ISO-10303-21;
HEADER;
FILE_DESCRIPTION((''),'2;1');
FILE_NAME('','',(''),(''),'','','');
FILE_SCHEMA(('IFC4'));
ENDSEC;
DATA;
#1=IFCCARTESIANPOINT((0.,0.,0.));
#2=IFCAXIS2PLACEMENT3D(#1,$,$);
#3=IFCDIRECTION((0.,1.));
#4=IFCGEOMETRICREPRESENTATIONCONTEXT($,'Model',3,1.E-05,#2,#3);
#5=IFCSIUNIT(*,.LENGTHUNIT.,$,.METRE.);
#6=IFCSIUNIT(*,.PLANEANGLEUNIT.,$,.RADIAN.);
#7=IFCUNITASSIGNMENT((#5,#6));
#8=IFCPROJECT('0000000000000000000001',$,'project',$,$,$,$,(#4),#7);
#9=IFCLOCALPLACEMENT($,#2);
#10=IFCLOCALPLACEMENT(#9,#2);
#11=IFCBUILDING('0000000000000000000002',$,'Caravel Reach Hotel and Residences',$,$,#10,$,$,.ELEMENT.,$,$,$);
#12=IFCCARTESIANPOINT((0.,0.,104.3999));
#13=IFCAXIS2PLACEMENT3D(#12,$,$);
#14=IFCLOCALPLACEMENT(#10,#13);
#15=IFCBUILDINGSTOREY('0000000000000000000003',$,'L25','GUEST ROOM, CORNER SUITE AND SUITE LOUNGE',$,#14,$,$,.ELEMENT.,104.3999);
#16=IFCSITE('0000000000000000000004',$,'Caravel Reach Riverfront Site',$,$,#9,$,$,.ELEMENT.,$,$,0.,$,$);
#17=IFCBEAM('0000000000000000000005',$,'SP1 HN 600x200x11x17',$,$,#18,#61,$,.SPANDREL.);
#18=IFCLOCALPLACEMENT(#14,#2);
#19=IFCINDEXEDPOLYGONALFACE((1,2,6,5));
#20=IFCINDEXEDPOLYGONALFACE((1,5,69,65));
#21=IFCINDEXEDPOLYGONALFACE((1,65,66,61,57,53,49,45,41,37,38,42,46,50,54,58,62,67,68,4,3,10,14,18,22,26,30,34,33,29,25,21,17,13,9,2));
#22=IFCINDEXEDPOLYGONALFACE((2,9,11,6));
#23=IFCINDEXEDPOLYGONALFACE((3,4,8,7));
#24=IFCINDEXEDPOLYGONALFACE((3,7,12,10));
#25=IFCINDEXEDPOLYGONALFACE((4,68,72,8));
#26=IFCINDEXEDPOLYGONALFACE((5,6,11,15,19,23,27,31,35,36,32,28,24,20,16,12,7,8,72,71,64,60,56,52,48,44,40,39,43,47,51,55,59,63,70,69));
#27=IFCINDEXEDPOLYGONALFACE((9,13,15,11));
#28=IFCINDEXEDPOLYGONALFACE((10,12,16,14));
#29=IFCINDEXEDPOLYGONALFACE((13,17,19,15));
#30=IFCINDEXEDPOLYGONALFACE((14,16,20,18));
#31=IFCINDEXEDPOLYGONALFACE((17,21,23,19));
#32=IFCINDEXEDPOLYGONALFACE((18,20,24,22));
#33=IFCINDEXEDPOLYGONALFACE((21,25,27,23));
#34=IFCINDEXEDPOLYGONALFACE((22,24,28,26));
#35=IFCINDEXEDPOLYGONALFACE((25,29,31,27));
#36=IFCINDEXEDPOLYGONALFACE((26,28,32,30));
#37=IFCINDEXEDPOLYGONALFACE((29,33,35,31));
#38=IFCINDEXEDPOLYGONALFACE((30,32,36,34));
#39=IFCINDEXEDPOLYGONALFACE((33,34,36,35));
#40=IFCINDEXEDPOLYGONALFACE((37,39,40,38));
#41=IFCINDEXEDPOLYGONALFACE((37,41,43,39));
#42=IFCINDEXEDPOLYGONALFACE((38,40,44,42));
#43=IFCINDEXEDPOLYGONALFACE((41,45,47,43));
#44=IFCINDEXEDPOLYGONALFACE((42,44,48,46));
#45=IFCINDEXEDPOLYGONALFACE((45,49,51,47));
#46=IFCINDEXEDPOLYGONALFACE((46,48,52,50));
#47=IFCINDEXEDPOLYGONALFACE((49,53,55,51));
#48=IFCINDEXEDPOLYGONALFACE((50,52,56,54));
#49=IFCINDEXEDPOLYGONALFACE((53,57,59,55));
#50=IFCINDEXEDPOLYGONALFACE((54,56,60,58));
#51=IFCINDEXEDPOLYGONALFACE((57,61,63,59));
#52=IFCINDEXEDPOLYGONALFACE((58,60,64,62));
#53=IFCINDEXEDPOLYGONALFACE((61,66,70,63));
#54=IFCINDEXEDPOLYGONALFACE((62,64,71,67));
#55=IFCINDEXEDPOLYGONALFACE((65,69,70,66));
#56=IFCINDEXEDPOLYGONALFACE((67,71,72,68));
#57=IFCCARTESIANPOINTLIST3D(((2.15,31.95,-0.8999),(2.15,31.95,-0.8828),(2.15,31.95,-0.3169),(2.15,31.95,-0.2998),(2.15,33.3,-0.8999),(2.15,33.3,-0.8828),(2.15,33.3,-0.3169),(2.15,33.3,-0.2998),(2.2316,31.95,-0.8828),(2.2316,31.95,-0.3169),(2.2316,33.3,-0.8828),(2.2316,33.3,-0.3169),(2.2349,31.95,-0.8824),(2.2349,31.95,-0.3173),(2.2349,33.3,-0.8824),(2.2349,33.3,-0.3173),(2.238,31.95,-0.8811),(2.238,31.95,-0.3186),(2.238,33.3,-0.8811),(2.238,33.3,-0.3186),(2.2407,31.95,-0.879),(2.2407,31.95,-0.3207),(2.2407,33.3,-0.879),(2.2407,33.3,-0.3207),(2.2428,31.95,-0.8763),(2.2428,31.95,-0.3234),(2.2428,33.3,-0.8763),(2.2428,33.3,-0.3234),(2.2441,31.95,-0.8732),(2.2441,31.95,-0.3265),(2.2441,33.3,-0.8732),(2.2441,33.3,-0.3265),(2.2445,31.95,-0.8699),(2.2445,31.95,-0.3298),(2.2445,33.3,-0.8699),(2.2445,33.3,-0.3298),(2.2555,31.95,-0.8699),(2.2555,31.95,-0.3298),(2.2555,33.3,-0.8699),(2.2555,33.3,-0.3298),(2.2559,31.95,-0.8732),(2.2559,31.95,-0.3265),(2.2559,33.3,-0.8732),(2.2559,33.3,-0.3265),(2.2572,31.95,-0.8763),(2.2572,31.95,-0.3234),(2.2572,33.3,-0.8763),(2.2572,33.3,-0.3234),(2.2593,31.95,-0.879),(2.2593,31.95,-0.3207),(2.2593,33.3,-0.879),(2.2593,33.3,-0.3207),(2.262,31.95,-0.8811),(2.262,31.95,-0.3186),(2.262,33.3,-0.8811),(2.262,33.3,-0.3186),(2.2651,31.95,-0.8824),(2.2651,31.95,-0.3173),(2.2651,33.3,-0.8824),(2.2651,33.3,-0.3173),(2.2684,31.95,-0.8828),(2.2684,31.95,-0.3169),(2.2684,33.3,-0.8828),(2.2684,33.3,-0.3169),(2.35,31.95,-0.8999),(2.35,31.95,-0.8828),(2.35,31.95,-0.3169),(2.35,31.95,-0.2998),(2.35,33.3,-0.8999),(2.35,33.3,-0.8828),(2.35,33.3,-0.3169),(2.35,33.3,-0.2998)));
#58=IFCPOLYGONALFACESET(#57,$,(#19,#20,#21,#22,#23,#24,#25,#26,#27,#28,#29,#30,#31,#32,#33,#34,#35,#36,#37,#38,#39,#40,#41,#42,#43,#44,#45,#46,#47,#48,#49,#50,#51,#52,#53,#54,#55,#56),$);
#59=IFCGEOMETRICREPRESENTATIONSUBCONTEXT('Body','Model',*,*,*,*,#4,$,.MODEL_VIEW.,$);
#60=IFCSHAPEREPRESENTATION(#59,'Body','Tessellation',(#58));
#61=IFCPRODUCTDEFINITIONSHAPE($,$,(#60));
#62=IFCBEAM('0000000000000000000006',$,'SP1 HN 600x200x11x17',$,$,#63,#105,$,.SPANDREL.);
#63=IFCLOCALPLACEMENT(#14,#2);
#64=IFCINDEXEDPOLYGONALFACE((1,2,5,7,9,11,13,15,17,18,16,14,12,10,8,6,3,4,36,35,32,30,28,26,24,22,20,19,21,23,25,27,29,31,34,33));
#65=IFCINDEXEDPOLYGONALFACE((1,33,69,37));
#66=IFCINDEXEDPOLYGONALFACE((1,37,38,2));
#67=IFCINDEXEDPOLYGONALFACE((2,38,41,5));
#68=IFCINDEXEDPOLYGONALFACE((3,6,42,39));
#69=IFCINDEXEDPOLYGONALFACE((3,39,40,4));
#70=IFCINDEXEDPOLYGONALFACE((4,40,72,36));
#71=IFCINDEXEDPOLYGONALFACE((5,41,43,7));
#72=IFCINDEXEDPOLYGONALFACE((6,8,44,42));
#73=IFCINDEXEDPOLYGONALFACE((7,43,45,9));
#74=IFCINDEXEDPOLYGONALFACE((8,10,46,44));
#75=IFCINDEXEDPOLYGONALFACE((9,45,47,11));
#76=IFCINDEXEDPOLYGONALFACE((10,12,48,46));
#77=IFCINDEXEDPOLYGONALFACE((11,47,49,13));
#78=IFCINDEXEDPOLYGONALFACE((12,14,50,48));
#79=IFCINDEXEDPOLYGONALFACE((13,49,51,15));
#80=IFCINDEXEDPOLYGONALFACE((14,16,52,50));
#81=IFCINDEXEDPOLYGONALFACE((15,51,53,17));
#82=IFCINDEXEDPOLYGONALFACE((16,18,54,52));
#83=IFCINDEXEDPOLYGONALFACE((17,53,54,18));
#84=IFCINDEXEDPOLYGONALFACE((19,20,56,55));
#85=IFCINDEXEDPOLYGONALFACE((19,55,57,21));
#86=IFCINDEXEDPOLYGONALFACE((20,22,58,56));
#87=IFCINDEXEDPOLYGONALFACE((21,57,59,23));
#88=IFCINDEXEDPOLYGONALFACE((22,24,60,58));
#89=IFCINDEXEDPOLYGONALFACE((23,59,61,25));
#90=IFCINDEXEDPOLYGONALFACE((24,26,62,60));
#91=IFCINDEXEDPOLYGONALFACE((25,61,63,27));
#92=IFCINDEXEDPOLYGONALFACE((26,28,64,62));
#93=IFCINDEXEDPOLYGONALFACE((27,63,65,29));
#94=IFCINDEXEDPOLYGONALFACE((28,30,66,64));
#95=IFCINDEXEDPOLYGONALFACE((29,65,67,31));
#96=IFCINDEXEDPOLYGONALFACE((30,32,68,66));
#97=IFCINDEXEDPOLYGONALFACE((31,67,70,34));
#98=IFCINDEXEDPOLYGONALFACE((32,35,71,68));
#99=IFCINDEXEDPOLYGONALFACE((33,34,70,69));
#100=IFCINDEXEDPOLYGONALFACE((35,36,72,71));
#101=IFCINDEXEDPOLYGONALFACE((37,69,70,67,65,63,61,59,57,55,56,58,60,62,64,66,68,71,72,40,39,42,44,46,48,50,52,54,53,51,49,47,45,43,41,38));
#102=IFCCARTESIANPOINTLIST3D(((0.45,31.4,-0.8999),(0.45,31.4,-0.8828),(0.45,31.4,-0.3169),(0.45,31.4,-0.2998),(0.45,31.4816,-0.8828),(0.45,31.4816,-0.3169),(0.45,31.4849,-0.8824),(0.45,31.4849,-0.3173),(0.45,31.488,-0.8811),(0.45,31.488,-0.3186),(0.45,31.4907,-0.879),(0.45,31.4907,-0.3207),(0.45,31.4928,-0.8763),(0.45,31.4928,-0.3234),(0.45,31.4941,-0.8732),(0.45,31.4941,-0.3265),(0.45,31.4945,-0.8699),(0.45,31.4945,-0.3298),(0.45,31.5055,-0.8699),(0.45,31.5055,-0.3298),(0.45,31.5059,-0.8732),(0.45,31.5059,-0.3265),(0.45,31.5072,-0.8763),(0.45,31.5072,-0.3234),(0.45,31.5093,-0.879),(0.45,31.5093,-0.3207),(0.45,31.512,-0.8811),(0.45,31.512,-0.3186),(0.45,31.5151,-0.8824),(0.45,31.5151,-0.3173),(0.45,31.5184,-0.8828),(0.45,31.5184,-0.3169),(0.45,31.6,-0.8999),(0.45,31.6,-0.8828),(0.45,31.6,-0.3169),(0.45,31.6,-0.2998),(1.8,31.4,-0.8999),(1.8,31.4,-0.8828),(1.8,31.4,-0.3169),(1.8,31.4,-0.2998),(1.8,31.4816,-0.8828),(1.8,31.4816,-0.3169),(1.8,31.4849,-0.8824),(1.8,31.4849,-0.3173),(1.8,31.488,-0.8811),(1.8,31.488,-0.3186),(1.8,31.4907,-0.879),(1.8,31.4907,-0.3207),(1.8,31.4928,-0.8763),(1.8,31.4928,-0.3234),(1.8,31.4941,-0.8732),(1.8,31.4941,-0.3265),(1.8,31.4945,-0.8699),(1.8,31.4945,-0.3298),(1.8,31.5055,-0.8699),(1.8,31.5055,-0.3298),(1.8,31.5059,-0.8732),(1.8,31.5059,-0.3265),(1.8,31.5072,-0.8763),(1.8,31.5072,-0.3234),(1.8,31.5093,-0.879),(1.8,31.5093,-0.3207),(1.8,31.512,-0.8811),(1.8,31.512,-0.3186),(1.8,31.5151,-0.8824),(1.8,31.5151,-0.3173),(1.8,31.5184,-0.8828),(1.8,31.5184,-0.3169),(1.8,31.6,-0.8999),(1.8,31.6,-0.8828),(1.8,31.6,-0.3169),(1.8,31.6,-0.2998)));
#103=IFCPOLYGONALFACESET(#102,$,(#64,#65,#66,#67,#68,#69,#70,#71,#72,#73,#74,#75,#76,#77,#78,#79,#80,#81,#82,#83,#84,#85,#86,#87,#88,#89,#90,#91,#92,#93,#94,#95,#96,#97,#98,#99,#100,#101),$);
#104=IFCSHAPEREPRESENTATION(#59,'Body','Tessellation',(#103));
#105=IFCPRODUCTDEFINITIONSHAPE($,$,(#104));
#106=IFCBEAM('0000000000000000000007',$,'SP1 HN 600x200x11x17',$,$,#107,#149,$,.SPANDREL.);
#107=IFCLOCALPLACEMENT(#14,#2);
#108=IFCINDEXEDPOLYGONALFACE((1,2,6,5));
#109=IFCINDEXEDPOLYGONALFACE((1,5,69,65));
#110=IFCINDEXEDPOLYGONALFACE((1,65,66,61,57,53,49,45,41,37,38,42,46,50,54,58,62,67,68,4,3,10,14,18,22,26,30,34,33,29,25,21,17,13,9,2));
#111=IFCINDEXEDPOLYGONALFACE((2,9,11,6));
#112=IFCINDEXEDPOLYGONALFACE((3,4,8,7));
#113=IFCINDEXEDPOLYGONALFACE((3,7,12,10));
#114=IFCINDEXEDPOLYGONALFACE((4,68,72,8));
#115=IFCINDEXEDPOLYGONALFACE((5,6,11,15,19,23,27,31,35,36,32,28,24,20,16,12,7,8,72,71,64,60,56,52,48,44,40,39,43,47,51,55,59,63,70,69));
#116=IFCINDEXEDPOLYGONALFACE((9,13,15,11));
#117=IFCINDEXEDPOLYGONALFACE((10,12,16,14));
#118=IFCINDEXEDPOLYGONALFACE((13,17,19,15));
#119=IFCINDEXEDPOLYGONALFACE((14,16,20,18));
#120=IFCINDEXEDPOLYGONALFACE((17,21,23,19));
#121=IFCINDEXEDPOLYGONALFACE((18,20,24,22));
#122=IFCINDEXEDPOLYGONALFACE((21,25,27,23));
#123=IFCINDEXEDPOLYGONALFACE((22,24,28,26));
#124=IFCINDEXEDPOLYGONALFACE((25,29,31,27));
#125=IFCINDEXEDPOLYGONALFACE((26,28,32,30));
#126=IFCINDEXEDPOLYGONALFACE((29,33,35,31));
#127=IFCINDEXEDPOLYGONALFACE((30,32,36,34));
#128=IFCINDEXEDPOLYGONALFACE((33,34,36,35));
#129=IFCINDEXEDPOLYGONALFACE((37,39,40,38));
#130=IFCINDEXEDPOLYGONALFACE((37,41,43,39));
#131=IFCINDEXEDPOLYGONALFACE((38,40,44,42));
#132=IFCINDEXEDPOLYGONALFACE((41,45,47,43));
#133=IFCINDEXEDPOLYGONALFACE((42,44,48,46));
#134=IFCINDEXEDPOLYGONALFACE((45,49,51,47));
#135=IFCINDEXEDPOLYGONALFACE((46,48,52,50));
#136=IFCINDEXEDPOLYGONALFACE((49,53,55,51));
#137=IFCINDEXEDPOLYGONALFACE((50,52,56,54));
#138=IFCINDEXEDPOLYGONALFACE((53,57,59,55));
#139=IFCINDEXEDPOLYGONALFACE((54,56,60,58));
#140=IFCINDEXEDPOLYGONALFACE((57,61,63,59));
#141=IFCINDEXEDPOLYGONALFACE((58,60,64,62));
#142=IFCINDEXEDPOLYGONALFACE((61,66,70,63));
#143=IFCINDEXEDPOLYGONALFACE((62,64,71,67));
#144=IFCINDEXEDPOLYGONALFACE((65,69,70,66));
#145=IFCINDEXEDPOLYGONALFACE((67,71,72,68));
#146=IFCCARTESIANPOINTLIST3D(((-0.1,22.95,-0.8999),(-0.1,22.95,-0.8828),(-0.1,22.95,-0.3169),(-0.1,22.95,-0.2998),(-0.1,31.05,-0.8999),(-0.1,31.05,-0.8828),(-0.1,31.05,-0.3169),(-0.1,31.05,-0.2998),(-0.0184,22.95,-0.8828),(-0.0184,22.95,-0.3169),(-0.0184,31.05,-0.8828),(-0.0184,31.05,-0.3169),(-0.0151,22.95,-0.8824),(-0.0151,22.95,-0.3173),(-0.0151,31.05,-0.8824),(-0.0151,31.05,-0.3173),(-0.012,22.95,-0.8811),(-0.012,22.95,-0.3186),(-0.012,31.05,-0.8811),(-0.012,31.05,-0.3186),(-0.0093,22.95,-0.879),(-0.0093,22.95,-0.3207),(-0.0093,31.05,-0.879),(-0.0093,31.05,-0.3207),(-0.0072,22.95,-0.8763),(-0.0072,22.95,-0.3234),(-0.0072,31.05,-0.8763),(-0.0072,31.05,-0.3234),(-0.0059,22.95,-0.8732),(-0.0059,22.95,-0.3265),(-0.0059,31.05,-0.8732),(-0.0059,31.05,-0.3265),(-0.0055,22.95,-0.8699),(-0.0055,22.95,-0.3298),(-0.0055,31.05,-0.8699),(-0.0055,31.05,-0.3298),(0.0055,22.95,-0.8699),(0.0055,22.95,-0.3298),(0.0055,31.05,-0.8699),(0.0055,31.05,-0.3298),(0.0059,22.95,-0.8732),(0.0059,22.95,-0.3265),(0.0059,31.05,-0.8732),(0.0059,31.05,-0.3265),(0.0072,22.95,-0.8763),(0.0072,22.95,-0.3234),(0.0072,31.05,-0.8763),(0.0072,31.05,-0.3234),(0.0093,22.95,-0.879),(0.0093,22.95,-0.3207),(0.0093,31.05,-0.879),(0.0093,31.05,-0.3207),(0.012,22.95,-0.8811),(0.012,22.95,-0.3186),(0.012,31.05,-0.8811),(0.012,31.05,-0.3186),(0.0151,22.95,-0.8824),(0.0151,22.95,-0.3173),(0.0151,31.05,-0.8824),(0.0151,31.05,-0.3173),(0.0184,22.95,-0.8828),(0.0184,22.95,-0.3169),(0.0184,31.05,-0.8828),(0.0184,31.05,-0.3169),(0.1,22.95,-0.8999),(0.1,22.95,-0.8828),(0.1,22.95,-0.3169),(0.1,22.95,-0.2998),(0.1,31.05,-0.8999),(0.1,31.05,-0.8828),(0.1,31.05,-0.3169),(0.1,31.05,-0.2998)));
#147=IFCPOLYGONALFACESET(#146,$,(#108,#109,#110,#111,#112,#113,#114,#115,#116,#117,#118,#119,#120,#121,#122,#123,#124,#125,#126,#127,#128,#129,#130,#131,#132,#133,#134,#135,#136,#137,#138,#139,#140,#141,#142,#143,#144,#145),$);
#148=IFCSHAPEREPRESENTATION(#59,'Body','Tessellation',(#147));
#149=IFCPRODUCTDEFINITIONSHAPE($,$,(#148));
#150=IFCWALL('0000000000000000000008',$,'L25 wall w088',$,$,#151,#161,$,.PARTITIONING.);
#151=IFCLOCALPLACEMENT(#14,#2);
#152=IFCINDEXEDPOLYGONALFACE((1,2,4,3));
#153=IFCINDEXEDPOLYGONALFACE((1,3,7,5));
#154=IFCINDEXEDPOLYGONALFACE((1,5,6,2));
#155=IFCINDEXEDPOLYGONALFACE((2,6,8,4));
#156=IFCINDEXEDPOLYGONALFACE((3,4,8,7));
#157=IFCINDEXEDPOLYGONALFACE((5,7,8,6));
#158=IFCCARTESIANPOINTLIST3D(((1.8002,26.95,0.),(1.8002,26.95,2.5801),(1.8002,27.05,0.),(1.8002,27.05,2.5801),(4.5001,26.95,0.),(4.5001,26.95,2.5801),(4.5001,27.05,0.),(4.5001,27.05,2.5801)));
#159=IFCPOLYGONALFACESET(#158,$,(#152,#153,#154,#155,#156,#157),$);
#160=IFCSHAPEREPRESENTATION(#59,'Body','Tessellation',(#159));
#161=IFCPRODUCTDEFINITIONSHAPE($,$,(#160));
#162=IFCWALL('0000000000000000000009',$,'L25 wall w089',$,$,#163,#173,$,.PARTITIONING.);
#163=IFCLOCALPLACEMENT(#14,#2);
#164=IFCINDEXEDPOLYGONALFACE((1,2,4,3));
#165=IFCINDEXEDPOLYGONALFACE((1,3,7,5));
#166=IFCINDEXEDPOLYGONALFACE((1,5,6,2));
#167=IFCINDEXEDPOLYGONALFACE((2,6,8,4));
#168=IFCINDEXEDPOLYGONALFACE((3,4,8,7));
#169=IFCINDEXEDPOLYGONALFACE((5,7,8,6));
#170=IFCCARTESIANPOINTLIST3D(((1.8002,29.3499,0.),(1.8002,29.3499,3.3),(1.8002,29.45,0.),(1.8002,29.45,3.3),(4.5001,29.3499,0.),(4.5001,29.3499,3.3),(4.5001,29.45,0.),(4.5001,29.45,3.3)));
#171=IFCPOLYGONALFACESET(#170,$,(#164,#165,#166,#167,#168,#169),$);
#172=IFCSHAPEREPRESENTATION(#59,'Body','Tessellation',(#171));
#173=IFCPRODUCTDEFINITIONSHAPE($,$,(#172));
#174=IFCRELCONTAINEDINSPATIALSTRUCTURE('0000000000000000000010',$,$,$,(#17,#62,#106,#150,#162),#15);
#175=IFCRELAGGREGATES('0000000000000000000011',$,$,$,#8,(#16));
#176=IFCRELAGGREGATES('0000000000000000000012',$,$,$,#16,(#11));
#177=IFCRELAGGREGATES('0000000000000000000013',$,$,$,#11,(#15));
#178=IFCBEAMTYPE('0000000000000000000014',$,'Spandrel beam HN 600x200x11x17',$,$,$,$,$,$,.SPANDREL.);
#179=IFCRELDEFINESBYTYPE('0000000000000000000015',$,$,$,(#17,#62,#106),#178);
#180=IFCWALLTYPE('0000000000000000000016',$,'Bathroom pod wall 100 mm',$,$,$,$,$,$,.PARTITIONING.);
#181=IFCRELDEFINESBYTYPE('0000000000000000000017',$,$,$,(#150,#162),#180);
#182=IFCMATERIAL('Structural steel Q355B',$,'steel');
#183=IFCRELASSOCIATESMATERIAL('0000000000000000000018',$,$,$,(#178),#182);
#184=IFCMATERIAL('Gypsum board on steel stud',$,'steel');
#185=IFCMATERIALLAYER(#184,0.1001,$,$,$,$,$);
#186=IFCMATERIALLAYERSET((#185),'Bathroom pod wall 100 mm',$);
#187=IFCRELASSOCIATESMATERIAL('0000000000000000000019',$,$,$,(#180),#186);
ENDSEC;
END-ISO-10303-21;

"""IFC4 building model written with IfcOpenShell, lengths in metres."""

from ifc_helpers import new_model, si_unit, direction, frame, frame_2d, origin, origin_2d, place, context, subcontext, project, spatial, rectangle, i_section, extrude, material, layer, layer_set, material_profile, profile_set, type_object, element, save


model = new_model("IFC4")

# Units and contexts
model_context = context("Model", 3, precision=1e-05, world=origin(), true_north=direction((0.0, 1.0)))
body_context = subcontext(model_context, "Body", "Model", "MODEL_VIEW")
ifc_project = project(units=[si_unit("LENGTHUNIT", "METRE"), si_unit("PLANEANGLEUNIT", "RADIAN")], contexts=[model_context])

# Site, building, storey
site_placement = place(None, origin())
site = spatial("IfcSite", under=ifc_project, at=site_placement, Name="Caravel Reach Riverfront Site", CompositionType="ELEMENT", RefElevation=0.0)
building_placement = place(site_placement, origin())
building = spatial("IfcBuilding", under=site, at=building_placement, Name="Caravel Reach Hotel and Residences", CompositionType="ELEMENT")
storey_placement = place(building_placement, frame((0.0, 0.0, 104.3999)))
storey = spatial("IfcBuildingStorey", under=building, at=storey_placement, Name="L25", Description="GUEST ROOM, CORNER SUITE AND SUITE LOUNGE", CompositionType="ELEMENT", Elevation=104.3999)

# Beams
ifc_material_1 = material(Name="Structural steel Q355B", Category="steel")
ifc_material_profile_1 = material_profile(ifc_material_1, i_section(OverallWidth=0.2, OverallDepth=0.6001, WebThickness=0.011, FlangeThickness=0.0171, FilletRadius=0.0129, at=origin_2d()), Name="HN 600x200x11x17")
ifc_profile_set_1 = profile_set([ifc_material_profile_1], Name="Structural steel Q355B")
beam_type_1 = type_object("IfcBeamType", Name="Spandrel beam HN 600x200x11x17", PredefinedType="SPANDREL", material=ifc_profile_set_1)
for number, where, z_axis, x_axis, name in (
    (1, (2.25, 33.3, -0.5999), (0.0, -1.0, 0.0), (1.0, 0.0, 0.0), "SP1 HN 600x200x11x17"),
    (2, (1.8, 31.5, -0.5999), (-1.0, 0.0, 0.0), (0.0, -1.0, 0.0), "SP1 HN 600x200x11x17"),
):
    element("IfcBeam", number, at=place(storey_placement, frame(where, z_axis=z_axis, x_axis=x_axis)), inside=storey, type_object=beam_type_1, Name=name, PredefinedType="SPANDREL", context=body_context, shape_type="SweptSolid", body=[
        extrude(i_section(OverallWidth=0.2, OverallDepth=0.6001, WebThickness=0.011, FlangeThickness=0.0171, FilletRadius=0.0129, at=origin_2d()), origin(), (0.0, 0.0, 1.0), 1.3501),
    ])
beam_1_placement = place(storey_placement, frame((0.0, 31.05, -0.5999), z_axis=(0.0, -1.0, 0.0), x_axis=(1.0, 0.0, 0.0)))
element("IfcBeam", 3, at=beam_1_placement, inside=storey, type_object=beam_type_1, Name="SP1 HN 600x200x11x17", PredefinedType="SPANDREL", context=body_context, shape_type="SweptSolid", body=[
    extrude(i_section(OverallWidth=0.2, OverallDepth=0.6001, WebThickness=0.011, FlangeThickness=0.0171, FilletRadius=0.0129, at=origin_2d()), origin(), (0.0, 0.0, 1.0), 8.1001),
])

# Walls
ifc_material_2 = material(Name="Gypsum board on steel stud", Category="steel")
ifc_layer_1 = layer(ifc_material_2, 0.1001)
ifc_layer_set_1 = layer_set([ifc_layer_1], Name="Bathroom pod wall 100 mm")
wall_type_1 = type_object("IfcWallType", Name="Bathroom pod wall 100 mm", PredefinedType="PARTITIONING", material=ifc_layer_set_1)
wall_1_placement = place(storey_placement, frame((1.8, 27.0, 0.0), z_axis=(0.0, 0.0, 1.0), x_axis=(1.0, 0.0, 0.0)))
element("IfcWall", 4, at=wall_1_placement, inside=storey, type_object=wall_type_1, Name="L25 wall w088", PredefinedType="PARTITIONING", context=body_context, shape_type="SweptSolid", body=[
    extrude(rectangle(XDim=2.7, YDim=0.1001, at=frame_2d((1.3501, 0.0))), origin(), (0.0, 0.0, 1.0), 2.5801),
])
wall_2_placement = place(storey_placement, frame((1.8, 29.3999, 0.0), z_axis=(0.0, 0.0, 1.0), x_axis=(1.0, 0.0, 0.0)))
element("IfcWall", 5, at=wall_2_placement, inside=storey, type_object=wall_type_1, Name="L25 wall w089", PredefinedType="PARTITIONING", context=body_context, shape_type="SweptSolid", body=[
    extrude(rectangle(XDim=2.7, YDim=0.1001, at=frame_2d((1.3501, 0.0))), origin(), (0.0, 0.0, 1.0), 3.3),
])

save(model, "model.ifc")
